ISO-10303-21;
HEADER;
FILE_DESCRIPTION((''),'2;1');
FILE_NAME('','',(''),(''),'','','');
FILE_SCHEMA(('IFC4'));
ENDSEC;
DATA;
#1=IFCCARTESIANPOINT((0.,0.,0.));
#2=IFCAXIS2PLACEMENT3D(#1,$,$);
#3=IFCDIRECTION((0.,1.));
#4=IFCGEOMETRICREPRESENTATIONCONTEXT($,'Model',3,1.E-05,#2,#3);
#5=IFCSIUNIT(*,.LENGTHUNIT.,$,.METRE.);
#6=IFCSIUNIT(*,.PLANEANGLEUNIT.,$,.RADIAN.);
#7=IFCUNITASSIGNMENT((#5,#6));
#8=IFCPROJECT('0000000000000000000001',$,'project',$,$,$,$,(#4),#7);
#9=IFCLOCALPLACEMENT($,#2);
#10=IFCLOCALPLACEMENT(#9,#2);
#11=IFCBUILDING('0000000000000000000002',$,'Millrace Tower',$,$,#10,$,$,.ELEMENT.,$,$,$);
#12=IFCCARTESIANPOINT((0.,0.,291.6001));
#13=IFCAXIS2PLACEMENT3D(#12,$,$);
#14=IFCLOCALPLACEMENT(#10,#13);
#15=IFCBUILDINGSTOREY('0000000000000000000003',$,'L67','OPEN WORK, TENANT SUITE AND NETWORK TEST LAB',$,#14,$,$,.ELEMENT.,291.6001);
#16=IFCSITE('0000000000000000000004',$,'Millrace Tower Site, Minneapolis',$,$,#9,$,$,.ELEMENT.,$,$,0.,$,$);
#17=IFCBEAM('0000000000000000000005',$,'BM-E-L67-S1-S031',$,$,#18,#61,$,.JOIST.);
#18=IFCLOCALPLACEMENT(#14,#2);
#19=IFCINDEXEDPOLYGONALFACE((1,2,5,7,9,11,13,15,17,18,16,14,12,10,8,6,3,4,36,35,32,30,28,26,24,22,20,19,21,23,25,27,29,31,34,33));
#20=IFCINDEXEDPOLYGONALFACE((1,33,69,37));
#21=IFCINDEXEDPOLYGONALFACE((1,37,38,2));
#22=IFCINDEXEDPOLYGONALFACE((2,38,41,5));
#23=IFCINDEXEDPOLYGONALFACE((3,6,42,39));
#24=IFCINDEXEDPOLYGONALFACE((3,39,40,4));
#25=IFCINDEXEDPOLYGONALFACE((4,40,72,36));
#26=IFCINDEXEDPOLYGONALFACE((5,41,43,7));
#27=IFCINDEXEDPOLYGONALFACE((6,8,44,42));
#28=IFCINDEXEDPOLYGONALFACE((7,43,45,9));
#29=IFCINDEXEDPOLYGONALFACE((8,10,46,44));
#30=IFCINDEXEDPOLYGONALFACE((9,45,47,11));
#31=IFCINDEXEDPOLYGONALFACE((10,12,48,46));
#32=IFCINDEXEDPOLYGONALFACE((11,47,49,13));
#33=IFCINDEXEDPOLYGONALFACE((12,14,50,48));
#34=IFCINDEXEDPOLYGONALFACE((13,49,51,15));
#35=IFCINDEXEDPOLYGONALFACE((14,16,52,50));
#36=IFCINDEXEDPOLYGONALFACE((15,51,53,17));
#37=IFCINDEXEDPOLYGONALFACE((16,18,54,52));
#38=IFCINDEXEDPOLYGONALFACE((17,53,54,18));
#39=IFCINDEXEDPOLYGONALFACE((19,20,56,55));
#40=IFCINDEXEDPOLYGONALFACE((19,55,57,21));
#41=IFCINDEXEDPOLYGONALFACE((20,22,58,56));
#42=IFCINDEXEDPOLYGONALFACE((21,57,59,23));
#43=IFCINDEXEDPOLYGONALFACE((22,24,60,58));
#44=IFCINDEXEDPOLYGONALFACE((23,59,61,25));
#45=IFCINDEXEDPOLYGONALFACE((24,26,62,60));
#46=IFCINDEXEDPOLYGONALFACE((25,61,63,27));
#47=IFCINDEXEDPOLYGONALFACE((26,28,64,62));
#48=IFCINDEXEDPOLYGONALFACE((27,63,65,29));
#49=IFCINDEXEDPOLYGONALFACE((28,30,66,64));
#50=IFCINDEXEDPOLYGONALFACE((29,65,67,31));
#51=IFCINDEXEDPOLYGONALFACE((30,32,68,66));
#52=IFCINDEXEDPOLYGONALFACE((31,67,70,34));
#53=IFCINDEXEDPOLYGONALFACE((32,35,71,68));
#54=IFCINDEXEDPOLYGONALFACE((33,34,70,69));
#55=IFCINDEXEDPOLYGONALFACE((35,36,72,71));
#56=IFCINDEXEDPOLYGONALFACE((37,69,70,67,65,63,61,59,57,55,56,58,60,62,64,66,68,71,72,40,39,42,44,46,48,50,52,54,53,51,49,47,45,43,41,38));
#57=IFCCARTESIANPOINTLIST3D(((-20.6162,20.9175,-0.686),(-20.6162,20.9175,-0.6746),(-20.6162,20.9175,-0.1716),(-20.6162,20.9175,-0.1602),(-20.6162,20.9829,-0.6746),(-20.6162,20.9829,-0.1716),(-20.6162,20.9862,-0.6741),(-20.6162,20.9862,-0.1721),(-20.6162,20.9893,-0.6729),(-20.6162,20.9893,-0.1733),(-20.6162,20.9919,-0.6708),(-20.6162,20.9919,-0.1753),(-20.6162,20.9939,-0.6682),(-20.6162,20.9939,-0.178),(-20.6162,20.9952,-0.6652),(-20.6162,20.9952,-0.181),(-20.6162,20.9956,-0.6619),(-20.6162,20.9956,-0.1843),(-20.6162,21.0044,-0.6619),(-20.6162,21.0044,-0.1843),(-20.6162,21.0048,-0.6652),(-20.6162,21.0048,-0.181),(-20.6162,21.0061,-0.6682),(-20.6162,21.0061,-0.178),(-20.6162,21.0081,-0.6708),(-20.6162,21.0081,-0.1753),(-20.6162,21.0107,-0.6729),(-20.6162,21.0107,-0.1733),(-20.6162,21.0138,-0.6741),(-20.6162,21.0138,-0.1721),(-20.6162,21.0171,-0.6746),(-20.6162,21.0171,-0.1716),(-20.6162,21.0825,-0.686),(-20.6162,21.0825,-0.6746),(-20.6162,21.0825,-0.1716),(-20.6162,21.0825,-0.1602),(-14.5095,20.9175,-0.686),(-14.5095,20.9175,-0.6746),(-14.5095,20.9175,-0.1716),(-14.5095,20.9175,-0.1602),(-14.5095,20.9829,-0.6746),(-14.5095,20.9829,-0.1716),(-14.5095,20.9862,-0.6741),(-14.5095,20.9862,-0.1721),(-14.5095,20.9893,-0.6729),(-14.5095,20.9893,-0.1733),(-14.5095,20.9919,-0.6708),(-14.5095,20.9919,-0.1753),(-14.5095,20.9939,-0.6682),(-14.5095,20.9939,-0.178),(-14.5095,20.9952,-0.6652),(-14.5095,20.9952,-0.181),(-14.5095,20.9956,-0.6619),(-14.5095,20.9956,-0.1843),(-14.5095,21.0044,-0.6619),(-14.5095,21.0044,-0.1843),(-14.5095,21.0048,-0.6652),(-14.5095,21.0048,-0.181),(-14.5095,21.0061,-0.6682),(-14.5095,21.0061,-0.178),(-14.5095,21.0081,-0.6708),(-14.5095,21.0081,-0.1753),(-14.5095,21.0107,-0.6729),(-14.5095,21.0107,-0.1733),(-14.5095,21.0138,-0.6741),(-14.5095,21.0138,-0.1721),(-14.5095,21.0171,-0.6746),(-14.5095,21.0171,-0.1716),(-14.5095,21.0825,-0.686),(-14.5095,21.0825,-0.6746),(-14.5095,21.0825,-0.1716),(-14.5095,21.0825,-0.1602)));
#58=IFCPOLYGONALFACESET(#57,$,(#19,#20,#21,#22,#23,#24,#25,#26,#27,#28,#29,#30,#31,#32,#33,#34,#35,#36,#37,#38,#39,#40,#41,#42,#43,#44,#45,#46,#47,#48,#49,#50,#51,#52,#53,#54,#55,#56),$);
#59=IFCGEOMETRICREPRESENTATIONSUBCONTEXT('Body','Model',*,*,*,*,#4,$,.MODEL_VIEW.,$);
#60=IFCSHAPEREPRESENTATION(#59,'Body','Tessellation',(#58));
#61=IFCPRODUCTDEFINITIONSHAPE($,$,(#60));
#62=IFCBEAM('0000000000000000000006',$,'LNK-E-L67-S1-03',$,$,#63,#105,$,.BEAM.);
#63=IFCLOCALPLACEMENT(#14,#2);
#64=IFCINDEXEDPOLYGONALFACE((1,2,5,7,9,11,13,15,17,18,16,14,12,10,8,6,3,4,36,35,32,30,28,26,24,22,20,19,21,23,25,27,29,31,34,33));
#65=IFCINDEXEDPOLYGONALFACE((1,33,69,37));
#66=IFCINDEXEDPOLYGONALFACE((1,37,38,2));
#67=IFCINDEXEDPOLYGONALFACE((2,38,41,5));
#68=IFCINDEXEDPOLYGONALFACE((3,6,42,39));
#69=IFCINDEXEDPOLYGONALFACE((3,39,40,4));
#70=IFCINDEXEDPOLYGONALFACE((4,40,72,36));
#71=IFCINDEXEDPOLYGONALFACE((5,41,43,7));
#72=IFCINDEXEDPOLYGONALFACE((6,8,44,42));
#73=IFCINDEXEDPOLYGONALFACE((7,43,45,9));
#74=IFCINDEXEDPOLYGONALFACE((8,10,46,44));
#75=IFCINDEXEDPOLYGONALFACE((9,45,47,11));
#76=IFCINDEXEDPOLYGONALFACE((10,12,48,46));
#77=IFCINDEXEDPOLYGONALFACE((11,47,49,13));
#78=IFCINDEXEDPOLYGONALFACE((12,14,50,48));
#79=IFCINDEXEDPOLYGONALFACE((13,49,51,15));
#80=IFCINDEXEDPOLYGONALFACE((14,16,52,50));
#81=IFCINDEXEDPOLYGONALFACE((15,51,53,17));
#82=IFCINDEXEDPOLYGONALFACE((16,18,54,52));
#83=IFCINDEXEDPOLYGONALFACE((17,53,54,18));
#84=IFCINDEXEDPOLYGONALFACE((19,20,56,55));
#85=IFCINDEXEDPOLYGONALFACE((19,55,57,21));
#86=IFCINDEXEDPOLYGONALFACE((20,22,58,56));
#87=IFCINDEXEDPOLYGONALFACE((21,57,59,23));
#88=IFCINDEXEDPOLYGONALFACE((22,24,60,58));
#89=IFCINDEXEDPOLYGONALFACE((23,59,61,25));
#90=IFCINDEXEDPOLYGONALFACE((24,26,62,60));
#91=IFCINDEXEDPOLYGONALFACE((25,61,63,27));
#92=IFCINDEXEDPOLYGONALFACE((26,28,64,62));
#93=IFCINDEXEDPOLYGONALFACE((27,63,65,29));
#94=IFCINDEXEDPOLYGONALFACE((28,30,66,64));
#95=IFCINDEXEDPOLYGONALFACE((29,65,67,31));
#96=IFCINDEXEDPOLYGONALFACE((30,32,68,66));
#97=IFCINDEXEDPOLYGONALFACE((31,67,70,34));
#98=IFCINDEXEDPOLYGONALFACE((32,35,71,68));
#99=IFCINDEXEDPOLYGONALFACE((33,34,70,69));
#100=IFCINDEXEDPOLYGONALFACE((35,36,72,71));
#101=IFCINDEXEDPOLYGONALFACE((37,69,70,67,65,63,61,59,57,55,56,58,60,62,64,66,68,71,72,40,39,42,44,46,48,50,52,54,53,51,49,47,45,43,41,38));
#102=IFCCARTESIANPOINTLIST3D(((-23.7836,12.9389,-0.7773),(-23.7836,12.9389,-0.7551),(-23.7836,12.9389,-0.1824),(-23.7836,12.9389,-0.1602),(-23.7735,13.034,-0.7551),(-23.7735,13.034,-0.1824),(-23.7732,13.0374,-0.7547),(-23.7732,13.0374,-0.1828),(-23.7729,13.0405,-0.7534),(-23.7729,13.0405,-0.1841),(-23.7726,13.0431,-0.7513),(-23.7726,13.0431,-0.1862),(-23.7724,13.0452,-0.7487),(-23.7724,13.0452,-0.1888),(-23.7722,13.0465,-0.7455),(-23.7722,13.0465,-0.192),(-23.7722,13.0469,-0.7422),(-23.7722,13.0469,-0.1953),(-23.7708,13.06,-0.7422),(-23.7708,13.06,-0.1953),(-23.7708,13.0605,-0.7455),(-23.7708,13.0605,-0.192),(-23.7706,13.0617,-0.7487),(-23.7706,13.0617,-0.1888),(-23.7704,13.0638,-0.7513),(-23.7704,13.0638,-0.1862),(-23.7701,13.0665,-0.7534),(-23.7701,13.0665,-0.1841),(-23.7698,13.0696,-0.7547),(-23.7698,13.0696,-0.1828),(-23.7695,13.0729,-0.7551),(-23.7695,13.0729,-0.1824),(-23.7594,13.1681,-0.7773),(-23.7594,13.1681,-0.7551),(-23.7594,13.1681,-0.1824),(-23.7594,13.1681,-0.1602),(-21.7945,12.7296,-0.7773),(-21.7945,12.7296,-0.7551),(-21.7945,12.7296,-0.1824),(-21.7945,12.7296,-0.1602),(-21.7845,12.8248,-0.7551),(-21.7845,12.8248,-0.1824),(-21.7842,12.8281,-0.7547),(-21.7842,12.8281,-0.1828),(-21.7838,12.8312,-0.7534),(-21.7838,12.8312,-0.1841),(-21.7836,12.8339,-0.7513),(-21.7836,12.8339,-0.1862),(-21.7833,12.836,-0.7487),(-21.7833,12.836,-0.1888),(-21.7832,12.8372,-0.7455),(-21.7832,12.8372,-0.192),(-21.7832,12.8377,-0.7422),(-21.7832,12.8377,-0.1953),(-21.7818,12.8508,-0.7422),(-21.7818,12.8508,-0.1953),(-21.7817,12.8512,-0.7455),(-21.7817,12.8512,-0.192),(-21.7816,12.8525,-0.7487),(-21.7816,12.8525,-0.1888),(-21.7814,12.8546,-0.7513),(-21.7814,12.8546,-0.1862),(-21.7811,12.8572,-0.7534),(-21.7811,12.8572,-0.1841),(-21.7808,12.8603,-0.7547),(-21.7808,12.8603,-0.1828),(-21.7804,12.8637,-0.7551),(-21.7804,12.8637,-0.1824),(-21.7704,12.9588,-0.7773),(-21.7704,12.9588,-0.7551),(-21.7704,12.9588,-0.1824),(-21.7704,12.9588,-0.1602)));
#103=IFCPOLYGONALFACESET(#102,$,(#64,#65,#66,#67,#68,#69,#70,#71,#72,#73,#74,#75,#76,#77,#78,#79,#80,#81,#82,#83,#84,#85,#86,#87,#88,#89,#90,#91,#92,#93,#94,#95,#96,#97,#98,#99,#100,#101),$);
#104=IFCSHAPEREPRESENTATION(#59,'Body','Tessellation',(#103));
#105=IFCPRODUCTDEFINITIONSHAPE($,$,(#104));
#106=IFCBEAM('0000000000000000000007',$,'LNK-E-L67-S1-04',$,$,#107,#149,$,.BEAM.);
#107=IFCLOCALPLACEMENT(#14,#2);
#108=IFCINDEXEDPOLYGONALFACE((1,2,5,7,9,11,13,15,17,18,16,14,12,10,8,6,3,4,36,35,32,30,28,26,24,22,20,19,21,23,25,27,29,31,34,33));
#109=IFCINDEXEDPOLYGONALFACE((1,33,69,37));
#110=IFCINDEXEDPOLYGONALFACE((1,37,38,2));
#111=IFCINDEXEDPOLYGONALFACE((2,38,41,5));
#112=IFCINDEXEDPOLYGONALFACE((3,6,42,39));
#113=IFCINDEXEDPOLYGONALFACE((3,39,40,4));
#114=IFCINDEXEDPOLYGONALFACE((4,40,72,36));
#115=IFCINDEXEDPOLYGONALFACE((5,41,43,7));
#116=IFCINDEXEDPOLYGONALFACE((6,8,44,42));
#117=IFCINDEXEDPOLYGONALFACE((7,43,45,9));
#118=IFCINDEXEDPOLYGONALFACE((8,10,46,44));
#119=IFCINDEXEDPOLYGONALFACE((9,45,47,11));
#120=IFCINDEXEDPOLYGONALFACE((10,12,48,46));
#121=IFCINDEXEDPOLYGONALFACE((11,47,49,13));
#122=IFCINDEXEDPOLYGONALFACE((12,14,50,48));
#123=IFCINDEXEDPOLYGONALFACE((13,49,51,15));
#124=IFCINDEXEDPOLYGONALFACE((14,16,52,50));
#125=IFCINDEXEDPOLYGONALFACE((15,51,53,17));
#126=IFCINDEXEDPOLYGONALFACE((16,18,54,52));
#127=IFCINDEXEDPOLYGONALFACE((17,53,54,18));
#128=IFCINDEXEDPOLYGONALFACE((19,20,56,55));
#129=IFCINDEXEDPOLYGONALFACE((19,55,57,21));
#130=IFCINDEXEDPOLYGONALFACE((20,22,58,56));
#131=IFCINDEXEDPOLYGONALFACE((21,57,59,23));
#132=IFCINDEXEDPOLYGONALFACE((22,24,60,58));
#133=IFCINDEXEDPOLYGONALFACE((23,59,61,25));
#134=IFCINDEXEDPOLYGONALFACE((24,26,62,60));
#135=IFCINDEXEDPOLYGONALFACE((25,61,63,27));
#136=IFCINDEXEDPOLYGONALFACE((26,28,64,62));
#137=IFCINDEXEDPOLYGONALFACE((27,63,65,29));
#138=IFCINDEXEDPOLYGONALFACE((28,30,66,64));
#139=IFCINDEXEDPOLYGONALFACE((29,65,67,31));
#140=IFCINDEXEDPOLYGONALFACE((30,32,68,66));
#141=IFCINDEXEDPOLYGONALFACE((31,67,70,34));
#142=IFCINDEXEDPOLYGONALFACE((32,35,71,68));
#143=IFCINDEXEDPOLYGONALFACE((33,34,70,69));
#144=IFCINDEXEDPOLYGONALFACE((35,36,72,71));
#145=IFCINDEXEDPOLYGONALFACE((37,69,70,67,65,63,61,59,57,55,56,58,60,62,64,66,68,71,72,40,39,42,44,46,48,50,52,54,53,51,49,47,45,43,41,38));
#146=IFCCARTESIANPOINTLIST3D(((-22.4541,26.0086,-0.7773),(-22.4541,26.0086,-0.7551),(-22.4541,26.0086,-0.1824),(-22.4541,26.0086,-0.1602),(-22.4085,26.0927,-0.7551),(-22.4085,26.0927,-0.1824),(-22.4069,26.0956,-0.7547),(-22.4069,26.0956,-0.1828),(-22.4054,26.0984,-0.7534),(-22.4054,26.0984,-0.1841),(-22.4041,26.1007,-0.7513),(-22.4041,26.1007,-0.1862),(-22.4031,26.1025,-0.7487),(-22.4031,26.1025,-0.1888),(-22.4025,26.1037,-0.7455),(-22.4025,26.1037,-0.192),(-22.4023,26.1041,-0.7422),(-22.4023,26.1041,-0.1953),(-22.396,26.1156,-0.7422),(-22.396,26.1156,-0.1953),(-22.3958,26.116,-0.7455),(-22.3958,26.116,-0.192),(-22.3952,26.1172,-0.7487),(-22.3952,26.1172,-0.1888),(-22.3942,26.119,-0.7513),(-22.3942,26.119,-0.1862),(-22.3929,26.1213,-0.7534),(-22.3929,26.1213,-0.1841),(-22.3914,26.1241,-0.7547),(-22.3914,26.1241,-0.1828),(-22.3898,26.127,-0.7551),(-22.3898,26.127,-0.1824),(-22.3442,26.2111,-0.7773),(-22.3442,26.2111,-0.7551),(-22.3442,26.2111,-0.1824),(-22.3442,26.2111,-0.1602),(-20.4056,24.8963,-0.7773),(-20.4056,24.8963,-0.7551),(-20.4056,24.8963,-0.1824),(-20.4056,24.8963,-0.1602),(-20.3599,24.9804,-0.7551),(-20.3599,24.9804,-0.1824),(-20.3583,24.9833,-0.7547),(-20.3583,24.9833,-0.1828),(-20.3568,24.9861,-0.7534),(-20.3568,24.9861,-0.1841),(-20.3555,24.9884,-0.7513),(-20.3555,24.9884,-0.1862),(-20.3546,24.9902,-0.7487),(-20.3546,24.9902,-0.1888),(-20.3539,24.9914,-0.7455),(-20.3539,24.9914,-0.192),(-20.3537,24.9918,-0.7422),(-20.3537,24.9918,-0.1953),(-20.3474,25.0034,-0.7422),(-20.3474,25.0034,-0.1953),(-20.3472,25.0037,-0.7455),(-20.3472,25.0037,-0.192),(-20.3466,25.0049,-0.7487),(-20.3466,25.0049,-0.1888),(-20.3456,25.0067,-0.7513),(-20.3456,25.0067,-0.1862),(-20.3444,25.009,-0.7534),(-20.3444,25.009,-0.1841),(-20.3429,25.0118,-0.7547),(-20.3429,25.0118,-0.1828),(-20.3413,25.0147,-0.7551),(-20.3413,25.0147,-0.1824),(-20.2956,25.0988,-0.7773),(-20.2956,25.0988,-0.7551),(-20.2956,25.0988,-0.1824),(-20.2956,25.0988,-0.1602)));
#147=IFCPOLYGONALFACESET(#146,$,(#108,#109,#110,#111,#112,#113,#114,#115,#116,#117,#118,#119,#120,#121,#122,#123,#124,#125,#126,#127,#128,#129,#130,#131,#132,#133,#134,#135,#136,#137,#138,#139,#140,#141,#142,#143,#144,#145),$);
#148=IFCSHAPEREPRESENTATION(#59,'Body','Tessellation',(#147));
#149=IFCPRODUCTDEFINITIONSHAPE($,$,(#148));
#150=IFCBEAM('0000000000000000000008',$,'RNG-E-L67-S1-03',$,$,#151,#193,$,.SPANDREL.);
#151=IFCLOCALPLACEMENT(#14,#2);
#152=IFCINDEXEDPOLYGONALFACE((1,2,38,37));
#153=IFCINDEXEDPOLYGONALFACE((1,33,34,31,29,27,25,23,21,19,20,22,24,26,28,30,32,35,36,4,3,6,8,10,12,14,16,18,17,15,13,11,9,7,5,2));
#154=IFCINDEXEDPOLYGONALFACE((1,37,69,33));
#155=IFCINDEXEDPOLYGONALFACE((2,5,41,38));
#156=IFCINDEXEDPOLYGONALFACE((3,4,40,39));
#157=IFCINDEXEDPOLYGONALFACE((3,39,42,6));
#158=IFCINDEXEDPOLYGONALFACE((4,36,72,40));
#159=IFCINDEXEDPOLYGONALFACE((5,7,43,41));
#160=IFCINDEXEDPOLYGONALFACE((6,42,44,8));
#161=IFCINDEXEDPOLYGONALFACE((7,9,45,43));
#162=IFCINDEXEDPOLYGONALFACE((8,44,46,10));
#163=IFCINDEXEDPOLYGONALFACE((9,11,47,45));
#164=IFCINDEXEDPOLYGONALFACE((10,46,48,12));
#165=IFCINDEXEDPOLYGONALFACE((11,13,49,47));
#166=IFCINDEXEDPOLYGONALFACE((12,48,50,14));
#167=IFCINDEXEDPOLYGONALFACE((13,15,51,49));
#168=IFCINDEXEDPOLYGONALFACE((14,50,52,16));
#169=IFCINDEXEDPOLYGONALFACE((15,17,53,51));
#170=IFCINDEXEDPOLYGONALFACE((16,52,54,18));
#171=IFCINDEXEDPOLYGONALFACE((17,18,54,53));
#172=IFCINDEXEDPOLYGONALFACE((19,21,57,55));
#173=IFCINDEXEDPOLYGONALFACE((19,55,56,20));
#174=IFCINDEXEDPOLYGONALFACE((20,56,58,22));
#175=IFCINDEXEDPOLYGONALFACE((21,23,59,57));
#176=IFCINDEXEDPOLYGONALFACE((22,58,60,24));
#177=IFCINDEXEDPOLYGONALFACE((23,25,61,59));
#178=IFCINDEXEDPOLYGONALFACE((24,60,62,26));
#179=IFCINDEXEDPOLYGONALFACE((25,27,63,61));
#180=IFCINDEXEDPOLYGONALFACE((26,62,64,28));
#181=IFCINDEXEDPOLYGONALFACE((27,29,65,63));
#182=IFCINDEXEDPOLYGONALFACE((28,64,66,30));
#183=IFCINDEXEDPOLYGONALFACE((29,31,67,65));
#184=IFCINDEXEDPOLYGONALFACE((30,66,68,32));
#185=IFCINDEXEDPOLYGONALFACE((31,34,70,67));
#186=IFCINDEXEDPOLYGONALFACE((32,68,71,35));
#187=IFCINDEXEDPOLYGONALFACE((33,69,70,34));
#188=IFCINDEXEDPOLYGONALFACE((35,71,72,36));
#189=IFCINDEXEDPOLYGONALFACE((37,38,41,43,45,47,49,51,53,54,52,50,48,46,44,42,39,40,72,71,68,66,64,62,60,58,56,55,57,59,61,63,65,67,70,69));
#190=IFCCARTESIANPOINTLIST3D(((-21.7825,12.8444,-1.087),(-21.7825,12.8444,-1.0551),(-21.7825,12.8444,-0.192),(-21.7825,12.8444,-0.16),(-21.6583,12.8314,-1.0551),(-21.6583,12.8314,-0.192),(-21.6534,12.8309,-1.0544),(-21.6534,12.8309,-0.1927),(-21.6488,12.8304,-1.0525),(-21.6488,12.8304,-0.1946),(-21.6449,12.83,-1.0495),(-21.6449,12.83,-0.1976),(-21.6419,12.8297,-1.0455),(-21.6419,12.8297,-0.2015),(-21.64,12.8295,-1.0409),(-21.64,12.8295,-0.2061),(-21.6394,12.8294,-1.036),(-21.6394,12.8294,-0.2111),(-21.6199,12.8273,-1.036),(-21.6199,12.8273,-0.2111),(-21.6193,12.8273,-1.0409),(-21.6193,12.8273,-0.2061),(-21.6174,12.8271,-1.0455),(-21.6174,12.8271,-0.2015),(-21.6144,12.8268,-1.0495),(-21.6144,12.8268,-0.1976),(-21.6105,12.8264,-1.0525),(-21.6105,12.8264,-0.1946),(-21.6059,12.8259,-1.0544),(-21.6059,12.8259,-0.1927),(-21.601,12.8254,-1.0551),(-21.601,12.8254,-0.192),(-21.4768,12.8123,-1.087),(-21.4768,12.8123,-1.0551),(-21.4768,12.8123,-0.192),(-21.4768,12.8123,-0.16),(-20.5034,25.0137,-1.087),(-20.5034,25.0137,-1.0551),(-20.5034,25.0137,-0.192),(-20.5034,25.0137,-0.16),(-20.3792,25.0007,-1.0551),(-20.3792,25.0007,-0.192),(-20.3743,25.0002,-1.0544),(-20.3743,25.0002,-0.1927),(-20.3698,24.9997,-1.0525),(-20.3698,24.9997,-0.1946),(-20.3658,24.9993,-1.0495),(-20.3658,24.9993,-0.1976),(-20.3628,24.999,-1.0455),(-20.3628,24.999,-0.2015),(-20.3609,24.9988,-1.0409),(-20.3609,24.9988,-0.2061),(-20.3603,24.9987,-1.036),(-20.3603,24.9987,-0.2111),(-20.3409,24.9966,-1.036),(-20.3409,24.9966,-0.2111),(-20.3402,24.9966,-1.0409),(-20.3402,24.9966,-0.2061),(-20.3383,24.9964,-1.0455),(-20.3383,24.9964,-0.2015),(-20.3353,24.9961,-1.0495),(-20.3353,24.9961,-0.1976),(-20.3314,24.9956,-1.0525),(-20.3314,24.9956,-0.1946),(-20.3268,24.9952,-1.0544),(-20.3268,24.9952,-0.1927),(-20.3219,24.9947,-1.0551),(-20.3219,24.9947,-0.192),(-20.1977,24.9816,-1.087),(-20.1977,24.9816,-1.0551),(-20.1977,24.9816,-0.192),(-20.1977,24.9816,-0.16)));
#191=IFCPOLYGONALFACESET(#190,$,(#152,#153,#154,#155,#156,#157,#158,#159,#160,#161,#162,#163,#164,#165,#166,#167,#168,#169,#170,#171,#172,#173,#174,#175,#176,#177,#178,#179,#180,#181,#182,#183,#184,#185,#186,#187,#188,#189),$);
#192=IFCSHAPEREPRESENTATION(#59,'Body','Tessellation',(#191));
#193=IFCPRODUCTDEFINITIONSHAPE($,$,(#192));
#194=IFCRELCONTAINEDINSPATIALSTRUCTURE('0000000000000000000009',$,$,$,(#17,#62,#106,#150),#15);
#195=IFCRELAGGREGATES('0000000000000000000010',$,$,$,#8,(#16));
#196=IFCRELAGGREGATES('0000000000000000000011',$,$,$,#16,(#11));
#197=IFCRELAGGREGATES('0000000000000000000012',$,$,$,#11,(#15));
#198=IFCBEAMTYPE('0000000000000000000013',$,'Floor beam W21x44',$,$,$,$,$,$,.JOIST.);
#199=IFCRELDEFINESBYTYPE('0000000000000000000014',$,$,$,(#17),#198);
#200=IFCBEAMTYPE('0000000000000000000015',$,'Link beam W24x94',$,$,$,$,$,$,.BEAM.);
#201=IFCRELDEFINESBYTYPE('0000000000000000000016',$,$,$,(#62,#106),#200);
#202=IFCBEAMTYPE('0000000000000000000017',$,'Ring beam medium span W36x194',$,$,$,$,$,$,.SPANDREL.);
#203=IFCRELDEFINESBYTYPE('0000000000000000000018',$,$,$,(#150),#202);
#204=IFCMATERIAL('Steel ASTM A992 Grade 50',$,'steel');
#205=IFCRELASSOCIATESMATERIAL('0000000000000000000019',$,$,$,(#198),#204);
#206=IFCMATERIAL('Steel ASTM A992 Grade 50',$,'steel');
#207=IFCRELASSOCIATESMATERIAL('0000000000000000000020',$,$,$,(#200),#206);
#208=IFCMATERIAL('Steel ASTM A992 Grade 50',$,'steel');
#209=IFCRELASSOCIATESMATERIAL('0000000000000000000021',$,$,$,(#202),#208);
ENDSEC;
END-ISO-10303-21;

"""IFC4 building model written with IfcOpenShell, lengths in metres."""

from ifc_helpers import new_model, si_unit, direction, frame, origin, origin_2d, place, context, subcontext, project, spatial, i_section, extrude, material, material_profile, profile_set, type_object, element, save


model = new_model("IFC4")

# Units and contexts
model_context = context("Model", 3, precision=1e-05, world=origin(), true_north=direction((0.0, 1.0)))
body_context = subcontext(model_context, "Body", "Model", "MODEL_VIEW")
ifc_project = project(units=[si_unit("LENGTHUNIT", "METRE"), si_unit("PLANEANGLEUNIT", "RADIAN")], contexts=[model_context])

# Site, building, storey
site_placement = place(None, origin())
site = spatial("IfcSite", under=ifc_project, at=site_placement, Name="Millrace Tower Site, Minneapolis", CompositionType="ELEMENT", RefElevation=0.0)
building_placement = place(site_placement, origin())
building = spatial("IfcBuilding", under=site, at=building_placement, Name="Millrace Tower", CompositionType="ELEMENT")
storey_placement = place(building_placement, frame((0.0, 0.0, 291.6001)))
storey = spatial("IfcBuildingStorey", under=building, at=storey_placement, Name="L67", Description="OPEN WORK, TENANT SUITE AND NETWORK TEST LAB", CompositionType="ELEMENT", Elevation=291.6001)

# Beams
ifc_material_1 = material(Name="Steel ASTM A992 Grade 50", Category="steel")
ifc_material_profile_1 = material_profile(ifc_material_1, i_section(OverallWidth=0.165, OverallDepth=0.5259, WebThickness=0.0088, FlangeThickness=0.0115, FilletRadius=0.0127, at=origin_2d()))
ifc_profile_set_1 = profile_set([ifc_material_profile_1], Name="Steel ASTM A992 Grade 50")
beam_type_1 = type_object("IfcBeamType", Name="Floor beam W21x44", PredefinedType="JOIST", material=ifc_profile_set_1)
beam_1_placement = place(storey_placement, frame((-20.6162, 21.0, -0.4231), z_axis=(1.0, 0.0, 0.0), x_axis=(0.0, 1.0, 0.0)))
element("IfcBeam", 1, at=beam_1_placement, inside=storey, type_object=beam_type_1, Name="BM-E-L67-S1-S031", PredefinedType="JOIST", context=body_context, shape_type="SweptSolid", body=[
    extrude(i_section(OverallWidth=0.165, OverallDepth=0.5259, WebThickness=0.0088, FlangeThickness=0.0115, FilletRadius=0.0127, at=origin_2d()), origin(), (0.0, 0.0, 1.0), 6.1067),
])
ifc_material_2 = material(Name="Steel ASTM A992 Grade 50", Category="steel")
ifc_material_profile_2 = material_profile(ifc_material_2, i_section(OverallWidth=0.2305, OverallDepth=0.6172, WebThickness=0.0132, FlangeThickness=0.0222, FilletRadius=0.0129, at=origin_2d()))
ifc_profile_set_2 = profile_set([ifc_material_profile_2], Name="Steel ASTM A992 Grade 50")
beam_type_2 = type_object("IfcBeamType", Name="Link beam W24x94", PredefinedType="BEAM", material=ifc_profile_set_2)
beam_2_placement = place(storey_placement, frame((-21.7825, 12.8442, -0.4688), z_axis=(-0.994513, 0.104615, 0.0), x_axis=(-0.104615, -0.994513, 0.0)))
element("IfcBeam", 2, at=beam_2_placement, inside=storey, type_object=beam_type_2, Name="LNK-E-L67-S1-03", PredefinedType="BEAM", context=body_context, shape_type="SweptSolid", body=[
    extrude(i_section(OverallWidth=0.2305, OverallDepth=0.6172, WebThickness=0.0132, FlangeThickness=0.0222, FilletRadius=0.0129, at=origin_2d()), origin(), (0.0, 0.0, 1.0), 2.0),
])
beam_3_placement = place(storey_placement, frame((-20.3506, 24.9976, -0.4688), z_axis=(-0.878815, 0.477164, 0.0), x_axis=(-0.477164, -0.878815, 0.0)))
element("IfcBeam", 3, at=beam_3_placement, inside=storey, type_object=beam_type_2, Name="LNK-E-L67-S1-04", PredefinedType="BEAM", context=body_context, shape_type="SweptSolid", body=[
    extrude(i_section(OverallWidth=0.2305, OverallDepth=0.6172, WebThickness=0.0132, FlangeThickness=0.0222, FilletRadius=0.0129, at=origin_2d()), origin(), (0.0, 0.0, 1.0), 2.3311),
])
ifc_material_3 = material(Name="Steel ASTM A992 Grade 50", Category="steel")
ifc_material_profile_3 = material_profile(ifc_material_3, i_section(OverallWidth=0.3074, OverallDepth=0.927, WebThickness=0.0195, FlangeThickness=0.032, FilletRadius=0.019, at=origin_2d()))
ifc_profile_set_3 = profile_set([ifc_material_profile_3], Name="Steel ASTM A992 Grade 50")
beam_type_3 = type_object("IfcBeamType", Name="Ring beam medium span W36x194", PredefinedType="SPANDREL", material=ifc_profile_set_3)
beam_4_placement = place(storey_placement, frame((-21.6296, 12.8284, -0.6235), z_axis=(0.10453, 0.994522, 0.0), x_axis=(-0.994522, 0.10453, 0.0)))
element("IfcBeam", 4, at=beam_4_placement, inside=storey, type_object=beam_type_3, Name="RNG-E-L67-S1-03", PredefinedType="SPANDREL", context=body_context, shape_type="SweptSolid", body=[
    extrude(i_section(OverallWidth=0.3074, OverallDepth=0.927, WebThickness=0.0195, FlangeThickness=0.032, FilletRadius=0.019, at=origin_2d()), origin(), (0.0, 0.0, 1.0), 12.2363),
])

save(model, "model.ifc")
